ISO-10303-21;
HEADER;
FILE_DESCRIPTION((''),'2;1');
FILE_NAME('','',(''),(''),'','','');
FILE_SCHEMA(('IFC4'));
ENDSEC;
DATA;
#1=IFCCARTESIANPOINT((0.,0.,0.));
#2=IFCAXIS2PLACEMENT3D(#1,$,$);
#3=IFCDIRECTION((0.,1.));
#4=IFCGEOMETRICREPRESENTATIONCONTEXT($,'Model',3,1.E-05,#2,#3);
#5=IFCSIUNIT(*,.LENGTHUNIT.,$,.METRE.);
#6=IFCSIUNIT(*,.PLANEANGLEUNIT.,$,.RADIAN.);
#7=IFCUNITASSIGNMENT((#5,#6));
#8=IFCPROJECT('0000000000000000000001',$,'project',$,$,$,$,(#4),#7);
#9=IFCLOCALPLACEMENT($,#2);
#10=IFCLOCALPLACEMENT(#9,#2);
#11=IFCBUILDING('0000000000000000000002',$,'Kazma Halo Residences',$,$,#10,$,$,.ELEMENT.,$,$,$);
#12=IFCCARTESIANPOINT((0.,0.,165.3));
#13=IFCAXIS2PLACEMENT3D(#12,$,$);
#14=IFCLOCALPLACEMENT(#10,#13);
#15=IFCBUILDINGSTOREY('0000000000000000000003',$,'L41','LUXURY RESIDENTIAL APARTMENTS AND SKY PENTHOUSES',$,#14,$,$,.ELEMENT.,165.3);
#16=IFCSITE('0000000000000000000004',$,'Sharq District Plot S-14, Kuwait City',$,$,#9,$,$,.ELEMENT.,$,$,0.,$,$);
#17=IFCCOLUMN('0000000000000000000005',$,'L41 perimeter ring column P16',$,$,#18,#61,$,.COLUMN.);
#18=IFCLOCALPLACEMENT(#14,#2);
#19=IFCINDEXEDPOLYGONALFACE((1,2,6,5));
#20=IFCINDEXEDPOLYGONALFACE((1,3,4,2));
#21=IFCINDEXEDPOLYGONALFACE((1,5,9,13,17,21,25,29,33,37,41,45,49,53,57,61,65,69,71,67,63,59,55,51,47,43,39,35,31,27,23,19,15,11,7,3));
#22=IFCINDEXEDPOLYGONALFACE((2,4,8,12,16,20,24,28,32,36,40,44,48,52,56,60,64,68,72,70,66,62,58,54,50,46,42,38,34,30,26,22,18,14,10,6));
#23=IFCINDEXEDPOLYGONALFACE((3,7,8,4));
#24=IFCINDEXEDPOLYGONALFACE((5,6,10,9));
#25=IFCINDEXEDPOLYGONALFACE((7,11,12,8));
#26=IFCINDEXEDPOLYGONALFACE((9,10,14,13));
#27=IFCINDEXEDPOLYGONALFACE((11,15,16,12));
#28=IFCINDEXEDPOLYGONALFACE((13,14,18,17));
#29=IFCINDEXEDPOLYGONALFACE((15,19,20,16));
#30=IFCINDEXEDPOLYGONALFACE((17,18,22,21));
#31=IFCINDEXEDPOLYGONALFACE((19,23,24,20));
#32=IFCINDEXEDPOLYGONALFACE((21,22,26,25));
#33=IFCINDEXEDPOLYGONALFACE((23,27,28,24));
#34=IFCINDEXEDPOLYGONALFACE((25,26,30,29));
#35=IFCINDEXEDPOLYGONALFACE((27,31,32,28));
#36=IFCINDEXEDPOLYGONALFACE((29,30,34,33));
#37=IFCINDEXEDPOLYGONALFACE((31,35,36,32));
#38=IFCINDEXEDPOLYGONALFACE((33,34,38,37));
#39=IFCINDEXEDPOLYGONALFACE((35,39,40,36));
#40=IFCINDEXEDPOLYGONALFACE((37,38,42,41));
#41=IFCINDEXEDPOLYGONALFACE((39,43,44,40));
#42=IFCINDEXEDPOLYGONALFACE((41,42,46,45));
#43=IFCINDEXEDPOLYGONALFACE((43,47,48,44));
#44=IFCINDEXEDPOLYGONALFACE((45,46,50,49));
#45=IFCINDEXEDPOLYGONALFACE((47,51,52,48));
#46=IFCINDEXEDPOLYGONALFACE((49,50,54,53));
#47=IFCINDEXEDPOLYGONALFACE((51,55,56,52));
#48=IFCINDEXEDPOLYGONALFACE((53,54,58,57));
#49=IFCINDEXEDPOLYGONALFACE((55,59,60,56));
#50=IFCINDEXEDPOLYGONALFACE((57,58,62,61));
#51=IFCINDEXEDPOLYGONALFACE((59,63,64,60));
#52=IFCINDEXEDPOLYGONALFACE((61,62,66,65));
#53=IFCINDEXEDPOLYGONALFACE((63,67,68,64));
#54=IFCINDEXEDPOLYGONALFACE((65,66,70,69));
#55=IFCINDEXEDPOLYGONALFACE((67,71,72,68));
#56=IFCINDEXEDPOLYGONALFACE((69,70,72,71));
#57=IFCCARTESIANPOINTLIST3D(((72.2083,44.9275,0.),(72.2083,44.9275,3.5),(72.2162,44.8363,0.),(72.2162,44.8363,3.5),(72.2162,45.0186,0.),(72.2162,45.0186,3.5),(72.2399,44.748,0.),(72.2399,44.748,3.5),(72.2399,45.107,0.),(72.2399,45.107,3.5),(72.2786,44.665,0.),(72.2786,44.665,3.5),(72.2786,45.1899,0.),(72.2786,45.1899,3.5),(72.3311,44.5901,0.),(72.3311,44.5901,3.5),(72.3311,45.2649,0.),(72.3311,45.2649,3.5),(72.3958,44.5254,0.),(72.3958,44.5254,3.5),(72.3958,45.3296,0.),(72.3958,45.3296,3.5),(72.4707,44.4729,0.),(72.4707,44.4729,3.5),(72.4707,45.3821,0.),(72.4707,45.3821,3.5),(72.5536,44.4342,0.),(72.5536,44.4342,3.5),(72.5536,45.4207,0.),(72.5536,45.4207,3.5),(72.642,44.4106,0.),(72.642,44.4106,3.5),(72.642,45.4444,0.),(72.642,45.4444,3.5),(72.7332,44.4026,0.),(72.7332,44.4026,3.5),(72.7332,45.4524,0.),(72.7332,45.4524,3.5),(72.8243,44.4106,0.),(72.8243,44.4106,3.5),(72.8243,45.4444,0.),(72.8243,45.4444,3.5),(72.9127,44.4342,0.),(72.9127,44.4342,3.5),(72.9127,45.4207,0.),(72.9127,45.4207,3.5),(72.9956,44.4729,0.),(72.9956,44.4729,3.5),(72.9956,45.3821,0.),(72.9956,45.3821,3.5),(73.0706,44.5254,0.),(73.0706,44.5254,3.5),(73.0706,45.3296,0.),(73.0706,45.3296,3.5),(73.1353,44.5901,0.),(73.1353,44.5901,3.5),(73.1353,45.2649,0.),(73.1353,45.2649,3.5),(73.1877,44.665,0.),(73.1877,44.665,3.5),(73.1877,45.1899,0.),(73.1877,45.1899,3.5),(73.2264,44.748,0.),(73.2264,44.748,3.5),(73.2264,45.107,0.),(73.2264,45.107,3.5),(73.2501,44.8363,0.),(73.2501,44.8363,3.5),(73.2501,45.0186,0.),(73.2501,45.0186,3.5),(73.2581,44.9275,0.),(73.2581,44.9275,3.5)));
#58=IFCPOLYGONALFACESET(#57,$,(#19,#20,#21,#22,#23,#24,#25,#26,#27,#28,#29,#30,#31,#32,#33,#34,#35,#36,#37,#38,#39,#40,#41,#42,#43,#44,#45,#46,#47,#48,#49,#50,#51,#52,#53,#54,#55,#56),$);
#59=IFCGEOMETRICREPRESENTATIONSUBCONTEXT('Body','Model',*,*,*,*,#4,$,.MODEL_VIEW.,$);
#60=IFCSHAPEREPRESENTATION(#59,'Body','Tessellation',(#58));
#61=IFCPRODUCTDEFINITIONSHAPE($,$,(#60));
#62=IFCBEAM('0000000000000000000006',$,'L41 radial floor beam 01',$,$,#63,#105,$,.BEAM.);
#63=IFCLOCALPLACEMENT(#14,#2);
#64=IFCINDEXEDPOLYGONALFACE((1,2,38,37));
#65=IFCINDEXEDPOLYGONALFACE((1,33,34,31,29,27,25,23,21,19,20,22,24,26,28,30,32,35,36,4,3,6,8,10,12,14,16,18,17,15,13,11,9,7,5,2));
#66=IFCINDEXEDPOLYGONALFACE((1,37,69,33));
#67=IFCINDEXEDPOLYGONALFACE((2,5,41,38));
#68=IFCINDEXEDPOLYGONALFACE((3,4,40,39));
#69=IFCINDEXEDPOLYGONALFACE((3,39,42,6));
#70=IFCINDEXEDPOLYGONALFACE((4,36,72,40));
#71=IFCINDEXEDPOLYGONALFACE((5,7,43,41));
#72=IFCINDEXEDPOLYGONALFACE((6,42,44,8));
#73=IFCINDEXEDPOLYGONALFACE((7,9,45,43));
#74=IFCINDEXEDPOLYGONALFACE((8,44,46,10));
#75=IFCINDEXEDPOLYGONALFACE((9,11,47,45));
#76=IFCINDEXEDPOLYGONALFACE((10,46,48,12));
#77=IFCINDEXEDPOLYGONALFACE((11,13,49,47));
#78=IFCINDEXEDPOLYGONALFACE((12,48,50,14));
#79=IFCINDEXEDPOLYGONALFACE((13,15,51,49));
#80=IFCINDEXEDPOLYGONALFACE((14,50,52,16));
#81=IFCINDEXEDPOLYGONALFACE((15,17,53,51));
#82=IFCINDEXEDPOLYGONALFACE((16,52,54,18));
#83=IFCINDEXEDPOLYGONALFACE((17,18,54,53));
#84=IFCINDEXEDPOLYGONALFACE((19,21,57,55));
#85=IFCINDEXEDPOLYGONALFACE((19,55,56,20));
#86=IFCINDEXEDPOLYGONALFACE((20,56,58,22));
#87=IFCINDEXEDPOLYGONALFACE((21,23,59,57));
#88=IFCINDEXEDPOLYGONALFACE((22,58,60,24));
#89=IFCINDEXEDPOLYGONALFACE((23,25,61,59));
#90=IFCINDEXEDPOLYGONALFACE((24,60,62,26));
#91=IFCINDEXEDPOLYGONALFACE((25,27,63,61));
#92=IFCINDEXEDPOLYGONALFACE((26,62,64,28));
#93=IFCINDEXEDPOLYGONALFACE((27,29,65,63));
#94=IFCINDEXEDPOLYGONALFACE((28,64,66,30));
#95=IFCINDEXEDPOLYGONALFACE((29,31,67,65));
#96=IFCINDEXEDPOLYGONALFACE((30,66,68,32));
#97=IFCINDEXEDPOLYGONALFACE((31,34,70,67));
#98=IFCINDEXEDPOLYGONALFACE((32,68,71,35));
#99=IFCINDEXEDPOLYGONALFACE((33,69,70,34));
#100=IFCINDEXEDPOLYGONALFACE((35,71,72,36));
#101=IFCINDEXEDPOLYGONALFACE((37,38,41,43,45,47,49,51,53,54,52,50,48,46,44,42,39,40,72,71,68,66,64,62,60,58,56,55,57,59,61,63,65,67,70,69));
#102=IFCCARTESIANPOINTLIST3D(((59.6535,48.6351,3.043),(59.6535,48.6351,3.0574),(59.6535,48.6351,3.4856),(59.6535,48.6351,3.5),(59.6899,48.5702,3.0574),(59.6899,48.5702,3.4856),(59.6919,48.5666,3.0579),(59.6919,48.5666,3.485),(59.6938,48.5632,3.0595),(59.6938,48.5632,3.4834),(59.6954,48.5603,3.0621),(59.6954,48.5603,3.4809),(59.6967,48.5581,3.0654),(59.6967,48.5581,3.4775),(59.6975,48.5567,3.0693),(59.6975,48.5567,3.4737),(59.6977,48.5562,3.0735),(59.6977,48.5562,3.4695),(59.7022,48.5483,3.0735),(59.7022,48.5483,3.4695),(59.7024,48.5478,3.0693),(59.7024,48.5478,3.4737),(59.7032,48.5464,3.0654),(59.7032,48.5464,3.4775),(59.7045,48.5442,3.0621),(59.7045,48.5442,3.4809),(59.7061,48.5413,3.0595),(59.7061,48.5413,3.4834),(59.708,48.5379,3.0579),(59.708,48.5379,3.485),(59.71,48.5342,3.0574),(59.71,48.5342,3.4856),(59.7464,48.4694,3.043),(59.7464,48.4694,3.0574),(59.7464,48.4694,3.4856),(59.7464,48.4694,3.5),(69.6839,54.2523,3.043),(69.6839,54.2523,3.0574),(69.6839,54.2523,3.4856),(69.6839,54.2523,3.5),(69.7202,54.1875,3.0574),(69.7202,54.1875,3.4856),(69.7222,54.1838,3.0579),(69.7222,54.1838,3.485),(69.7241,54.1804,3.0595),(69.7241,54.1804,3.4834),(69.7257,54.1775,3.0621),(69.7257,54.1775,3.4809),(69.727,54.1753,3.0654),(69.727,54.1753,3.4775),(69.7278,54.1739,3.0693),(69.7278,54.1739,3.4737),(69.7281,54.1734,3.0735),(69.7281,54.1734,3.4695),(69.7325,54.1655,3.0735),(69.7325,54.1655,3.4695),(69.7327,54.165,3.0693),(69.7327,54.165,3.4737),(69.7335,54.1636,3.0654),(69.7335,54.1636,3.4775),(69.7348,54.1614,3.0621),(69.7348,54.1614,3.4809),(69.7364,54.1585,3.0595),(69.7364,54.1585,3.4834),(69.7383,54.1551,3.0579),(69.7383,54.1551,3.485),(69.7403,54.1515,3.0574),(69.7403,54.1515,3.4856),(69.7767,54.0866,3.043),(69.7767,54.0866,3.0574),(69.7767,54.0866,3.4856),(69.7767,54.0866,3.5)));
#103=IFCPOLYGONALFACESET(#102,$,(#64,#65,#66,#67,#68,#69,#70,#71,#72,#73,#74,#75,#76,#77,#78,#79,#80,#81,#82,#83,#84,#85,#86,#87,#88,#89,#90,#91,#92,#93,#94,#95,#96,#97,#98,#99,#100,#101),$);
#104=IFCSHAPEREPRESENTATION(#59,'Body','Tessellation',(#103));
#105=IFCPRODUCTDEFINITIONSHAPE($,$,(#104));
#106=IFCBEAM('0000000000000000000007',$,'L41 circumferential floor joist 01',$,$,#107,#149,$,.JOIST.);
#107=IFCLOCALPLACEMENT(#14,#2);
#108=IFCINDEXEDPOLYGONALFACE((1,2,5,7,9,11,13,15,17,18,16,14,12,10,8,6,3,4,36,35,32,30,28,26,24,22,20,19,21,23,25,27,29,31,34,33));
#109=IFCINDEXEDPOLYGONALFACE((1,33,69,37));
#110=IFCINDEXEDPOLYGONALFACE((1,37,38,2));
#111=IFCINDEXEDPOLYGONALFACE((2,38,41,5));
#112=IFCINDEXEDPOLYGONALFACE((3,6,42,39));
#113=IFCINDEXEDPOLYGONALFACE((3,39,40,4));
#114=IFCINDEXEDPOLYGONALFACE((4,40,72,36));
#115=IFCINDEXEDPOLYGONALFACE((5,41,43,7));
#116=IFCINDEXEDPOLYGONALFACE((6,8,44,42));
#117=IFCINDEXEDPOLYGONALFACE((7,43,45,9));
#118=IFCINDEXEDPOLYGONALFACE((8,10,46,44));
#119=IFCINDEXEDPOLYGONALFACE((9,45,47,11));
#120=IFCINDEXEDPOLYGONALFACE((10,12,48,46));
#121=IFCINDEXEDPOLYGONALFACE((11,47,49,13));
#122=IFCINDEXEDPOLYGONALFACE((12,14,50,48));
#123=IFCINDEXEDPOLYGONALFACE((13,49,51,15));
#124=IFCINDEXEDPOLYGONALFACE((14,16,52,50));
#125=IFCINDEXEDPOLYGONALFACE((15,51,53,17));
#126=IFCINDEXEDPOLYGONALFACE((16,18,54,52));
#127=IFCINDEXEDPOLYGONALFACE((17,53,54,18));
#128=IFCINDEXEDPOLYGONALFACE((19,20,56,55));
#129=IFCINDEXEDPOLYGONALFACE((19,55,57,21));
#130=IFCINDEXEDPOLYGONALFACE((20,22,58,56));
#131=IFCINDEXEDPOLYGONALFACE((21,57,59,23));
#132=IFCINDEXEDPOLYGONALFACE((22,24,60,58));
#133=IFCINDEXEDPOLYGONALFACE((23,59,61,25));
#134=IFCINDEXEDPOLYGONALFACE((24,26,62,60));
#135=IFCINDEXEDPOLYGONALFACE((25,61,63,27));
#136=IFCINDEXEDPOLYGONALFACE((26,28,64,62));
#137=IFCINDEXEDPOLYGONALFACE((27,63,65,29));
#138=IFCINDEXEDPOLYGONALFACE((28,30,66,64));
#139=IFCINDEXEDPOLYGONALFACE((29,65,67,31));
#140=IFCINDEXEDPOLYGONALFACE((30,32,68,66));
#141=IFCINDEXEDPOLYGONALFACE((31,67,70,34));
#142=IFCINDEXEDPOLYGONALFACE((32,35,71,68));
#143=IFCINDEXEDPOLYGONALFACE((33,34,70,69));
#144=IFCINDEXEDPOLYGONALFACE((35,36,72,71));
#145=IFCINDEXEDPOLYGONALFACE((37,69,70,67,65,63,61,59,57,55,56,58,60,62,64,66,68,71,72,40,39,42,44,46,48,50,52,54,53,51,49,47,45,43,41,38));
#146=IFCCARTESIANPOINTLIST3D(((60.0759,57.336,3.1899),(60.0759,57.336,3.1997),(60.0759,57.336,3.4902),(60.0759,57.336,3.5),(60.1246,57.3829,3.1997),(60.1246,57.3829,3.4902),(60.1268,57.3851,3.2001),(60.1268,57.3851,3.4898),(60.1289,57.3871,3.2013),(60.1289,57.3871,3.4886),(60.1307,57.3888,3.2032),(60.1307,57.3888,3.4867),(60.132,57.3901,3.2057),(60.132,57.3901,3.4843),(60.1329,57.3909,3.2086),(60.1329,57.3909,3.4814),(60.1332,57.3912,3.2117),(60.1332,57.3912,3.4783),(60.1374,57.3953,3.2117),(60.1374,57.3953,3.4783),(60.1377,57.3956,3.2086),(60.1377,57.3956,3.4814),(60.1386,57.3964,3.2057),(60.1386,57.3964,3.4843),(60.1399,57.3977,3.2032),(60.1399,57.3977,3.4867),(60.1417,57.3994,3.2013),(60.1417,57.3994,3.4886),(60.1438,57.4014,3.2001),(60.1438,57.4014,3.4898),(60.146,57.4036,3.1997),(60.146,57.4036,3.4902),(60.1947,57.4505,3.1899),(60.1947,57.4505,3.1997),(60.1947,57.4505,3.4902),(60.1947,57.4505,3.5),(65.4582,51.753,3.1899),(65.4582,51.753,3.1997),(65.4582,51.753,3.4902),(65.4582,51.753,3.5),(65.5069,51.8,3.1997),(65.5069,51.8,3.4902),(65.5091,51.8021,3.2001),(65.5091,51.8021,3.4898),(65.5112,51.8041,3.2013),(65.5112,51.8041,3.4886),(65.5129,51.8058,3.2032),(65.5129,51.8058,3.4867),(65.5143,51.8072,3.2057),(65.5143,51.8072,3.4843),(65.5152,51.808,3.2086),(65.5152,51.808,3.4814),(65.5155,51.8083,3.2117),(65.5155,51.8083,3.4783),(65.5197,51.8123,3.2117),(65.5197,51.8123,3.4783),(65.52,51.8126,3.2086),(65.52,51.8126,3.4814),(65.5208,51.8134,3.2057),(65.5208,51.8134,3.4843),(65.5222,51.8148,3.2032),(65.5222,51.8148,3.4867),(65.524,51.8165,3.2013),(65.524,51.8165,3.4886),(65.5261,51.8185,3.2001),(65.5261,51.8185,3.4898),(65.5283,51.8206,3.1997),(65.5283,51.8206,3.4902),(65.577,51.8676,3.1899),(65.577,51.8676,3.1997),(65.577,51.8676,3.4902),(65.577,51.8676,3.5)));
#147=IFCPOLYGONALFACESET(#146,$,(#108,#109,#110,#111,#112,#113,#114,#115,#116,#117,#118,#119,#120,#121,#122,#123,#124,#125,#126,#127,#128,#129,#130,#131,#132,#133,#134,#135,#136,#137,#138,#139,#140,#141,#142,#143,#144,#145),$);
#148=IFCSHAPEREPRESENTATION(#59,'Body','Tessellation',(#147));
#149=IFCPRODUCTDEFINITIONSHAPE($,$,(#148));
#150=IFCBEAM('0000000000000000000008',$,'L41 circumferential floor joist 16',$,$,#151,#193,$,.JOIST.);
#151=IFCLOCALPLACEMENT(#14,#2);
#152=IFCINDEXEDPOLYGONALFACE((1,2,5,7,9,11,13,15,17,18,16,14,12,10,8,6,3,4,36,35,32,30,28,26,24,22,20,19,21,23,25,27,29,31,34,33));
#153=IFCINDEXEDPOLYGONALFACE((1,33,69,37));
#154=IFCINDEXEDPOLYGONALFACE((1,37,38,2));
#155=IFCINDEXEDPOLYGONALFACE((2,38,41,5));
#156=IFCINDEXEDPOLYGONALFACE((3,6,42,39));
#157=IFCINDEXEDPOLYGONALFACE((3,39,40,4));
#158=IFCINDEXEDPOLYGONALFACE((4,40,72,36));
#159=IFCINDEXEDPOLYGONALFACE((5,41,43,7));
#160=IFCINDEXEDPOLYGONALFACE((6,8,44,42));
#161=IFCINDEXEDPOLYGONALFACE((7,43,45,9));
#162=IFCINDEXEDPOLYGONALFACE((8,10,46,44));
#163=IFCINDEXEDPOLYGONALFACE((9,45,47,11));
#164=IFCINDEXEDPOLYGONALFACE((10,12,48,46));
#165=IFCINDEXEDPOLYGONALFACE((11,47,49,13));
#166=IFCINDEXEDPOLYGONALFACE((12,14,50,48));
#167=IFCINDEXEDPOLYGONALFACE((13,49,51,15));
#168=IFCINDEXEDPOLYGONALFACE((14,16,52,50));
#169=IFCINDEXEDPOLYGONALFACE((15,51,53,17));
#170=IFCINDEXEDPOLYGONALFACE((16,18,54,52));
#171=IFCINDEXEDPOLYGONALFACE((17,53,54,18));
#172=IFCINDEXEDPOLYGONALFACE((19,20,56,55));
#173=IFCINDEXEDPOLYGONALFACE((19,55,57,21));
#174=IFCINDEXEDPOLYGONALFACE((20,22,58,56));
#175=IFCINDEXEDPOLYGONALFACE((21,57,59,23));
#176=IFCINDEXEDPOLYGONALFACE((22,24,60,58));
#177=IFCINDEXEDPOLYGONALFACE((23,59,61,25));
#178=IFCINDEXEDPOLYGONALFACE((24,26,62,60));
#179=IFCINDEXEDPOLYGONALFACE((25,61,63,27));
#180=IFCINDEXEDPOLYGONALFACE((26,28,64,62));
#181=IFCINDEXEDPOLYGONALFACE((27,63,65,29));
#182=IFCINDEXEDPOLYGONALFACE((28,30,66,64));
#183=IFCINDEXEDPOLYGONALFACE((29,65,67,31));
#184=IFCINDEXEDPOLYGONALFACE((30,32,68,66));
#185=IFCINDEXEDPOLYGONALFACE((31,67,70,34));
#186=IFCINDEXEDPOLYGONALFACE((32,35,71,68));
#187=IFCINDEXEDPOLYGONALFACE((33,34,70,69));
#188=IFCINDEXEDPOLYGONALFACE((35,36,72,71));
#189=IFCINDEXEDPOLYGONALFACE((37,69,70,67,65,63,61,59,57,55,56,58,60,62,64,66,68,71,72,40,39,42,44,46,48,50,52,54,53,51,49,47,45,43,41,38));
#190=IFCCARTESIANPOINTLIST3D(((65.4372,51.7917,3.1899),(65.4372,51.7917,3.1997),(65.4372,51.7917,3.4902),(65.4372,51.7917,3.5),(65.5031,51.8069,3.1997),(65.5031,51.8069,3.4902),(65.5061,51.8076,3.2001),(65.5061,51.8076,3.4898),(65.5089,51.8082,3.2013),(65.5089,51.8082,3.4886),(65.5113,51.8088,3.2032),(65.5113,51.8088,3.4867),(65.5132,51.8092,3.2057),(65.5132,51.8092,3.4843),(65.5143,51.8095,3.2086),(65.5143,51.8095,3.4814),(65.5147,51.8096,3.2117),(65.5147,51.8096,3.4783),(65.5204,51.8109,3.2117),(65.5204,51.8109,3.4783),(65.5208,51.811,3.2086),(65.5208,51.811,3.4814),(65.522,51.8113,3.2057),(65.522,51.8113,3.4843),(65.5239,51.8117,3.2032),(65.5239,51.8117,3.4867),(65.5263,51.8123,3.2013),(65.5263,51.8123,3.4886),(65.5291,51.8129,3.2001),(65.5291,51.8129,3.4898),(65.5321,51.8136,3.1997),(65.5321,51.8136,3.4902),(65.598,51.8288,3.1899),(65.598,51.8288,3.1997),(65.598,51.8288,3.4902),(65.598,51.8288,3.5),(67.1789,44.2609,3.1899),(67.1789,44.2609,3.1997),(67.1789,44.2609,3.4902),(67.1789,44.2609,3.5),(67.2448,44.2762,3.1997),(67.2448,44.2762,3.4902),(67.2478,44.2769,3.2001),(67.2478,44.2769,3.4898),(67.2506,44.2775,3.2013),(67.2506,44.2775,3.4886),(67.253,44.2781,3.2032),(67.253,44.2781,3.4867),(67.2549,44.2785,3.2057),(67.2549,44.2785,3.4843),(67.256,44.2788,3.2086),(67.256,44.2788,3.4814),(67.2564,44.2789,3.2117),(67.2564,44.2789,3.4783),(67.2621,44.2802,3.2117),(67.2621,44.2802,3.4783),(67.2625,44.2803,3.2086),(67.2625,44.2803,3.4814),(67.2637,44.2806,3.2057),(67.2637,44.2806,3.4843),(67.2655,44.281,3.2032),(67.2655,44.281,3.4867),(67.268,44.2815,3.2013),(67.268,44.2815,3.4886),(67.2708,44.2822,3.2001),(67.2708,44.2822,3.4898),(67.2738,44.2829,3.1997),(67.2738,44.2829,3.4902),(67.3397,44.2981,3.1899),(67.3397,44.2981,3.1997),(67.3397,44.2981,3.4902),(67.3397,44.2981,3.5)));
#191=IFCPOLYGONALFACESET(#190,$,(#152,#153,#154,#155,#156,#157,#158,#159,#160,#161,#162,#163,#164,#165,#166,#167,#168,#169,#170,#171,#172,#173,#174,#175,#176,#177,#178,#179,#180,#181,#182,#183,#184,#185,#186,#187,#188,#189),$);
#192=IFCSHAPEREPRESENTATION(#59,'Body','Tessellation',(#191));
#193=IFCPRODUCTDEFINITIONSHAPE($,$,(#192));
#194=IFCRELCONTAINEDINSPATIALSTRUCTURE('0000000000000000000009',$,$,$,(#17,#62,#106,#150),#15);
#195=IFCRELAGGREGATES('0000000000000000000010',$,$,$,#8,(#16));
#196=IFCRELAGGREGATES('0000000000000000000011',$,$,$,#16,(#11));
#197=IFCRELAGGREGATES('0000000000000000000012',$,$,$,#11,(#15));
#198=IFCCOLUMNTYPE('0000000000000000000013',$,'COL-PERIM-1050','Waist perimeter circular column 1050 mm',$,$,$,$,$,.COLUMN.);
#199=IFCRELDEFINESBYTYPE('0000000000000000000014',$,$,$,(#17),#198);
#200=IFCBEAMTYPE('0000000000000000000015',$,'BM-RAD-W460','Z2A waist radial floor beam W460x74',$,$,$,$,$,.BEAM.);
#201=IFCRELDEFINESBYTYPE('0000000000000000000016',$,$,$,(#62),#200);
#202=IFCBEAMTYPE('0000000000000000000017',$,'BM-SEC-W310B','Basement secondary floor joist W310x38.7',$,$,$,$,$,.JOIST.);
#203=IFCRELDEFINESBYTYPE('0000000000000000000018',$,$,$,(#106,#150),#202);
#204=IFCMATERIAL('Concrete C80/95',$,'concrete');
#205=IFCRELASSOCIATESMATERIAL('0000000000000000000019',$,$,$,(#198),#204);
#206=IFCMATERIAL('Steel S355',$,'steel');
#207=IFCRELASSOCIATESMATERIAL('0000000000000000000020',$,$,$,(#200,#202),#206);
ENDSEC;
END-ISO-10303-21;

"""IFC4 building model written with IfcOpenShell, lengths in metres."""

from ifc_helpers import new_model, si_unit, direction, frame, origin, origin_2d, place, context, subcontext, project, spatial, circle, i_section, extrude, material, material_profile, profile_set, type_object, element, save


model = new_model("IFC4")

# Units and contexts
model_context = context("Model", 3, precision=1e-05, world=origin(), true_north=direction((0.0, 1.0)))
body_context = subcontext(model_context, "Body", "Model", "MODEL_VIEW")
ifc_project = project(units=[si_unit("LENGTHUNIT", "METRE"), si_unit("PLANEANGLEUNIT", "RADIAN")], contexts=[model_context])

# Site, building, storey
site_placement = place(None, origin())
site = spatial("IfcSite", under=ifc_project, at=site_placement, Name="Sharq District Plot S-14, Kuwait City", CompositionType="ELEMENT", RefElevation=0.0)
building_placement = place(site_placement, origin())
building = spatial("IfcBuilding", under=site, at=building_placement, Name="Kazma Halo Residences", CompositionType="ELEMENT")
storey_placement = place(building_placement, frame((0.0, 0.0, 165.3)))
storey = spatial("IfcBuildingStorey", under=building, at=storey_placement, Name="L41", Description="LUXURY RESIDENTIAL APARTMENTS AND SKY PENTHOUSES", CompositionType="ELEMENT", Elevation=165.3)

# Column
ifc_material_1 = material(Name="Concrete C80/95", Category="concrete")
ifc_material_profile_1 = material_profile(ifc_material_1, circle(Radius=0.5249, at=origin_2d()), Name="CIRC1050")
ifc_profile_set_1 = profile_set([ifc_material_profile_1], Name="Concrete C80/95")
column_type = type_object("IfcColumnType", Name="COL-PERIM-1050", Description="Waist perimeter circular column 1050 mm", PredefinedType="COLUMN", material=ifc_profile_set_1)
column_placement = place(storey_placement, frame((72.7332, 44.9275, 0.0), z_axis=(0.0, 0.0, 1.0), x_axis=(1.0, 0.0, 0.0)))
element("IfcColumn", 1, at=column_placement, inside=storey, type_object=column_type, Name="L41 perimeter ring column P16", PredefinedType="COLUMN", context=body_context, shape_type="SweptSolid", body=[
    extrude(circle(Radius=0.5249, at=origin_2d()), origin(), (0.0, 0.0, 1.0), 3.5),
])

# Beams
ifc_material_2 = material(Name="Steel S355", Category="steel")
ifc_material_profile_2 = material_profile(ifc_material_2, i_section(OverallWidth=0.1899, OverallDepth=0.457, WebThickness=0.009, FlangeThickness=0.0144, FilletRadius=0.0161, at=origin_2d()), Name="W460x74")
ifc_profile_set_2 = profile_set([ifc_material_profile_2], Name="Steel S355")
beam_type_1 = type_object("IfcBeamType", Name="BM-RAD-W460", Description="Z2A waist radial floor beam W460x74", PredefinedType="BEAM", material=ifc_profile_set_2)
beam_1_placement = place(storey_placement, frame((59.7, 48.5522, 3.2715), z_axis=(0.872497, 0.488619, 0.0), x_axis=(-0.488619, 0.872497, 0.0)))
element("IfcBeam", 2, at=beam_1_placement, inside=storey, type_object=beam_type_1, Name="L41 radial floor beam 01", PredefinedType="BEAM", context=body_context, shape_type="SweptSolid", body=[
    extrude(i_section(OverallWidth=0.1899, OverallDepth=0.457, WebThickness=0.009, FlangeThickness=0.0144, FilletRadius=0.0161, at=origin_2d()), origin(), (0.0, 0.0, 1.0), 11.4961),
])
ifc_material_profile_3 = material_profile(ifc_material_2, i_section(OverallWidth=0.165, OverallDepth=0.3101, WebThickness=0.0059, FlangeThickness=0.0098, FilletRadius=0.012, at=origin_2d()), Name="W310x38.7")
ifc_profile_set_3 = profile_set([ifc_material_profile_3], Name="Steel S355")
beam_type_2 = type_object("IfcBeamType", Name="BM-SEC-W310B", Description="Basement secondary floor joist W310x38.7", PredefinedType="JOIST", material=ifc_profile_set_3)
beam_2_placement = place(storey_placement, frame((65.5176, 51.8103, 3.345), z_axis=(-0.694049, 0.719927, 0.0), x_axis=(-0.719927, -0.694049, 0.0)))
element("IfcBeam", 3, at=beam_2_placement, inside=storey, type_object=beam_type_2, Name="L41 circumferential floor joist 01", PredefinedType="JOIST", context=body_context, shape_type="SweptSolid", body=[
    extrude(i_section(OverallWidth=0.165, OverallDepth=0.3101, WebThickness=0.0059, FlangeThickness=0.0098, FilletRadius=0.012, at=origin_2d()), origin(), (0.0, 0.0, 1.0), 7.7549),
])
beam_3_placement = place(storey_placement, frame((67.2593, 44.2795, 3.345), z_axis=(-0.22533, 0.974282, 0.0), x_axis=(-0.974282, -0.22533, 0.0)))
element("IfcBeam", 4, at=beam_3_placement, inside=storey, type_object=beam_type_2, Name="L41 circumferential floor joist 16", PredefinedType="JOIST", context=body_context, shape_type="SweptSolid", body=[
    extrude(i_section(OverallWidth=0.165, OverallDepth=0.3101, WebThickness=0.0059, FlangeThickness=0.0098, FilletRadius=0.012, at=origin_2d()), origin(), (0.0, 0.0, 1.0), 7.7295),
])

save(model, "model.ifc")
